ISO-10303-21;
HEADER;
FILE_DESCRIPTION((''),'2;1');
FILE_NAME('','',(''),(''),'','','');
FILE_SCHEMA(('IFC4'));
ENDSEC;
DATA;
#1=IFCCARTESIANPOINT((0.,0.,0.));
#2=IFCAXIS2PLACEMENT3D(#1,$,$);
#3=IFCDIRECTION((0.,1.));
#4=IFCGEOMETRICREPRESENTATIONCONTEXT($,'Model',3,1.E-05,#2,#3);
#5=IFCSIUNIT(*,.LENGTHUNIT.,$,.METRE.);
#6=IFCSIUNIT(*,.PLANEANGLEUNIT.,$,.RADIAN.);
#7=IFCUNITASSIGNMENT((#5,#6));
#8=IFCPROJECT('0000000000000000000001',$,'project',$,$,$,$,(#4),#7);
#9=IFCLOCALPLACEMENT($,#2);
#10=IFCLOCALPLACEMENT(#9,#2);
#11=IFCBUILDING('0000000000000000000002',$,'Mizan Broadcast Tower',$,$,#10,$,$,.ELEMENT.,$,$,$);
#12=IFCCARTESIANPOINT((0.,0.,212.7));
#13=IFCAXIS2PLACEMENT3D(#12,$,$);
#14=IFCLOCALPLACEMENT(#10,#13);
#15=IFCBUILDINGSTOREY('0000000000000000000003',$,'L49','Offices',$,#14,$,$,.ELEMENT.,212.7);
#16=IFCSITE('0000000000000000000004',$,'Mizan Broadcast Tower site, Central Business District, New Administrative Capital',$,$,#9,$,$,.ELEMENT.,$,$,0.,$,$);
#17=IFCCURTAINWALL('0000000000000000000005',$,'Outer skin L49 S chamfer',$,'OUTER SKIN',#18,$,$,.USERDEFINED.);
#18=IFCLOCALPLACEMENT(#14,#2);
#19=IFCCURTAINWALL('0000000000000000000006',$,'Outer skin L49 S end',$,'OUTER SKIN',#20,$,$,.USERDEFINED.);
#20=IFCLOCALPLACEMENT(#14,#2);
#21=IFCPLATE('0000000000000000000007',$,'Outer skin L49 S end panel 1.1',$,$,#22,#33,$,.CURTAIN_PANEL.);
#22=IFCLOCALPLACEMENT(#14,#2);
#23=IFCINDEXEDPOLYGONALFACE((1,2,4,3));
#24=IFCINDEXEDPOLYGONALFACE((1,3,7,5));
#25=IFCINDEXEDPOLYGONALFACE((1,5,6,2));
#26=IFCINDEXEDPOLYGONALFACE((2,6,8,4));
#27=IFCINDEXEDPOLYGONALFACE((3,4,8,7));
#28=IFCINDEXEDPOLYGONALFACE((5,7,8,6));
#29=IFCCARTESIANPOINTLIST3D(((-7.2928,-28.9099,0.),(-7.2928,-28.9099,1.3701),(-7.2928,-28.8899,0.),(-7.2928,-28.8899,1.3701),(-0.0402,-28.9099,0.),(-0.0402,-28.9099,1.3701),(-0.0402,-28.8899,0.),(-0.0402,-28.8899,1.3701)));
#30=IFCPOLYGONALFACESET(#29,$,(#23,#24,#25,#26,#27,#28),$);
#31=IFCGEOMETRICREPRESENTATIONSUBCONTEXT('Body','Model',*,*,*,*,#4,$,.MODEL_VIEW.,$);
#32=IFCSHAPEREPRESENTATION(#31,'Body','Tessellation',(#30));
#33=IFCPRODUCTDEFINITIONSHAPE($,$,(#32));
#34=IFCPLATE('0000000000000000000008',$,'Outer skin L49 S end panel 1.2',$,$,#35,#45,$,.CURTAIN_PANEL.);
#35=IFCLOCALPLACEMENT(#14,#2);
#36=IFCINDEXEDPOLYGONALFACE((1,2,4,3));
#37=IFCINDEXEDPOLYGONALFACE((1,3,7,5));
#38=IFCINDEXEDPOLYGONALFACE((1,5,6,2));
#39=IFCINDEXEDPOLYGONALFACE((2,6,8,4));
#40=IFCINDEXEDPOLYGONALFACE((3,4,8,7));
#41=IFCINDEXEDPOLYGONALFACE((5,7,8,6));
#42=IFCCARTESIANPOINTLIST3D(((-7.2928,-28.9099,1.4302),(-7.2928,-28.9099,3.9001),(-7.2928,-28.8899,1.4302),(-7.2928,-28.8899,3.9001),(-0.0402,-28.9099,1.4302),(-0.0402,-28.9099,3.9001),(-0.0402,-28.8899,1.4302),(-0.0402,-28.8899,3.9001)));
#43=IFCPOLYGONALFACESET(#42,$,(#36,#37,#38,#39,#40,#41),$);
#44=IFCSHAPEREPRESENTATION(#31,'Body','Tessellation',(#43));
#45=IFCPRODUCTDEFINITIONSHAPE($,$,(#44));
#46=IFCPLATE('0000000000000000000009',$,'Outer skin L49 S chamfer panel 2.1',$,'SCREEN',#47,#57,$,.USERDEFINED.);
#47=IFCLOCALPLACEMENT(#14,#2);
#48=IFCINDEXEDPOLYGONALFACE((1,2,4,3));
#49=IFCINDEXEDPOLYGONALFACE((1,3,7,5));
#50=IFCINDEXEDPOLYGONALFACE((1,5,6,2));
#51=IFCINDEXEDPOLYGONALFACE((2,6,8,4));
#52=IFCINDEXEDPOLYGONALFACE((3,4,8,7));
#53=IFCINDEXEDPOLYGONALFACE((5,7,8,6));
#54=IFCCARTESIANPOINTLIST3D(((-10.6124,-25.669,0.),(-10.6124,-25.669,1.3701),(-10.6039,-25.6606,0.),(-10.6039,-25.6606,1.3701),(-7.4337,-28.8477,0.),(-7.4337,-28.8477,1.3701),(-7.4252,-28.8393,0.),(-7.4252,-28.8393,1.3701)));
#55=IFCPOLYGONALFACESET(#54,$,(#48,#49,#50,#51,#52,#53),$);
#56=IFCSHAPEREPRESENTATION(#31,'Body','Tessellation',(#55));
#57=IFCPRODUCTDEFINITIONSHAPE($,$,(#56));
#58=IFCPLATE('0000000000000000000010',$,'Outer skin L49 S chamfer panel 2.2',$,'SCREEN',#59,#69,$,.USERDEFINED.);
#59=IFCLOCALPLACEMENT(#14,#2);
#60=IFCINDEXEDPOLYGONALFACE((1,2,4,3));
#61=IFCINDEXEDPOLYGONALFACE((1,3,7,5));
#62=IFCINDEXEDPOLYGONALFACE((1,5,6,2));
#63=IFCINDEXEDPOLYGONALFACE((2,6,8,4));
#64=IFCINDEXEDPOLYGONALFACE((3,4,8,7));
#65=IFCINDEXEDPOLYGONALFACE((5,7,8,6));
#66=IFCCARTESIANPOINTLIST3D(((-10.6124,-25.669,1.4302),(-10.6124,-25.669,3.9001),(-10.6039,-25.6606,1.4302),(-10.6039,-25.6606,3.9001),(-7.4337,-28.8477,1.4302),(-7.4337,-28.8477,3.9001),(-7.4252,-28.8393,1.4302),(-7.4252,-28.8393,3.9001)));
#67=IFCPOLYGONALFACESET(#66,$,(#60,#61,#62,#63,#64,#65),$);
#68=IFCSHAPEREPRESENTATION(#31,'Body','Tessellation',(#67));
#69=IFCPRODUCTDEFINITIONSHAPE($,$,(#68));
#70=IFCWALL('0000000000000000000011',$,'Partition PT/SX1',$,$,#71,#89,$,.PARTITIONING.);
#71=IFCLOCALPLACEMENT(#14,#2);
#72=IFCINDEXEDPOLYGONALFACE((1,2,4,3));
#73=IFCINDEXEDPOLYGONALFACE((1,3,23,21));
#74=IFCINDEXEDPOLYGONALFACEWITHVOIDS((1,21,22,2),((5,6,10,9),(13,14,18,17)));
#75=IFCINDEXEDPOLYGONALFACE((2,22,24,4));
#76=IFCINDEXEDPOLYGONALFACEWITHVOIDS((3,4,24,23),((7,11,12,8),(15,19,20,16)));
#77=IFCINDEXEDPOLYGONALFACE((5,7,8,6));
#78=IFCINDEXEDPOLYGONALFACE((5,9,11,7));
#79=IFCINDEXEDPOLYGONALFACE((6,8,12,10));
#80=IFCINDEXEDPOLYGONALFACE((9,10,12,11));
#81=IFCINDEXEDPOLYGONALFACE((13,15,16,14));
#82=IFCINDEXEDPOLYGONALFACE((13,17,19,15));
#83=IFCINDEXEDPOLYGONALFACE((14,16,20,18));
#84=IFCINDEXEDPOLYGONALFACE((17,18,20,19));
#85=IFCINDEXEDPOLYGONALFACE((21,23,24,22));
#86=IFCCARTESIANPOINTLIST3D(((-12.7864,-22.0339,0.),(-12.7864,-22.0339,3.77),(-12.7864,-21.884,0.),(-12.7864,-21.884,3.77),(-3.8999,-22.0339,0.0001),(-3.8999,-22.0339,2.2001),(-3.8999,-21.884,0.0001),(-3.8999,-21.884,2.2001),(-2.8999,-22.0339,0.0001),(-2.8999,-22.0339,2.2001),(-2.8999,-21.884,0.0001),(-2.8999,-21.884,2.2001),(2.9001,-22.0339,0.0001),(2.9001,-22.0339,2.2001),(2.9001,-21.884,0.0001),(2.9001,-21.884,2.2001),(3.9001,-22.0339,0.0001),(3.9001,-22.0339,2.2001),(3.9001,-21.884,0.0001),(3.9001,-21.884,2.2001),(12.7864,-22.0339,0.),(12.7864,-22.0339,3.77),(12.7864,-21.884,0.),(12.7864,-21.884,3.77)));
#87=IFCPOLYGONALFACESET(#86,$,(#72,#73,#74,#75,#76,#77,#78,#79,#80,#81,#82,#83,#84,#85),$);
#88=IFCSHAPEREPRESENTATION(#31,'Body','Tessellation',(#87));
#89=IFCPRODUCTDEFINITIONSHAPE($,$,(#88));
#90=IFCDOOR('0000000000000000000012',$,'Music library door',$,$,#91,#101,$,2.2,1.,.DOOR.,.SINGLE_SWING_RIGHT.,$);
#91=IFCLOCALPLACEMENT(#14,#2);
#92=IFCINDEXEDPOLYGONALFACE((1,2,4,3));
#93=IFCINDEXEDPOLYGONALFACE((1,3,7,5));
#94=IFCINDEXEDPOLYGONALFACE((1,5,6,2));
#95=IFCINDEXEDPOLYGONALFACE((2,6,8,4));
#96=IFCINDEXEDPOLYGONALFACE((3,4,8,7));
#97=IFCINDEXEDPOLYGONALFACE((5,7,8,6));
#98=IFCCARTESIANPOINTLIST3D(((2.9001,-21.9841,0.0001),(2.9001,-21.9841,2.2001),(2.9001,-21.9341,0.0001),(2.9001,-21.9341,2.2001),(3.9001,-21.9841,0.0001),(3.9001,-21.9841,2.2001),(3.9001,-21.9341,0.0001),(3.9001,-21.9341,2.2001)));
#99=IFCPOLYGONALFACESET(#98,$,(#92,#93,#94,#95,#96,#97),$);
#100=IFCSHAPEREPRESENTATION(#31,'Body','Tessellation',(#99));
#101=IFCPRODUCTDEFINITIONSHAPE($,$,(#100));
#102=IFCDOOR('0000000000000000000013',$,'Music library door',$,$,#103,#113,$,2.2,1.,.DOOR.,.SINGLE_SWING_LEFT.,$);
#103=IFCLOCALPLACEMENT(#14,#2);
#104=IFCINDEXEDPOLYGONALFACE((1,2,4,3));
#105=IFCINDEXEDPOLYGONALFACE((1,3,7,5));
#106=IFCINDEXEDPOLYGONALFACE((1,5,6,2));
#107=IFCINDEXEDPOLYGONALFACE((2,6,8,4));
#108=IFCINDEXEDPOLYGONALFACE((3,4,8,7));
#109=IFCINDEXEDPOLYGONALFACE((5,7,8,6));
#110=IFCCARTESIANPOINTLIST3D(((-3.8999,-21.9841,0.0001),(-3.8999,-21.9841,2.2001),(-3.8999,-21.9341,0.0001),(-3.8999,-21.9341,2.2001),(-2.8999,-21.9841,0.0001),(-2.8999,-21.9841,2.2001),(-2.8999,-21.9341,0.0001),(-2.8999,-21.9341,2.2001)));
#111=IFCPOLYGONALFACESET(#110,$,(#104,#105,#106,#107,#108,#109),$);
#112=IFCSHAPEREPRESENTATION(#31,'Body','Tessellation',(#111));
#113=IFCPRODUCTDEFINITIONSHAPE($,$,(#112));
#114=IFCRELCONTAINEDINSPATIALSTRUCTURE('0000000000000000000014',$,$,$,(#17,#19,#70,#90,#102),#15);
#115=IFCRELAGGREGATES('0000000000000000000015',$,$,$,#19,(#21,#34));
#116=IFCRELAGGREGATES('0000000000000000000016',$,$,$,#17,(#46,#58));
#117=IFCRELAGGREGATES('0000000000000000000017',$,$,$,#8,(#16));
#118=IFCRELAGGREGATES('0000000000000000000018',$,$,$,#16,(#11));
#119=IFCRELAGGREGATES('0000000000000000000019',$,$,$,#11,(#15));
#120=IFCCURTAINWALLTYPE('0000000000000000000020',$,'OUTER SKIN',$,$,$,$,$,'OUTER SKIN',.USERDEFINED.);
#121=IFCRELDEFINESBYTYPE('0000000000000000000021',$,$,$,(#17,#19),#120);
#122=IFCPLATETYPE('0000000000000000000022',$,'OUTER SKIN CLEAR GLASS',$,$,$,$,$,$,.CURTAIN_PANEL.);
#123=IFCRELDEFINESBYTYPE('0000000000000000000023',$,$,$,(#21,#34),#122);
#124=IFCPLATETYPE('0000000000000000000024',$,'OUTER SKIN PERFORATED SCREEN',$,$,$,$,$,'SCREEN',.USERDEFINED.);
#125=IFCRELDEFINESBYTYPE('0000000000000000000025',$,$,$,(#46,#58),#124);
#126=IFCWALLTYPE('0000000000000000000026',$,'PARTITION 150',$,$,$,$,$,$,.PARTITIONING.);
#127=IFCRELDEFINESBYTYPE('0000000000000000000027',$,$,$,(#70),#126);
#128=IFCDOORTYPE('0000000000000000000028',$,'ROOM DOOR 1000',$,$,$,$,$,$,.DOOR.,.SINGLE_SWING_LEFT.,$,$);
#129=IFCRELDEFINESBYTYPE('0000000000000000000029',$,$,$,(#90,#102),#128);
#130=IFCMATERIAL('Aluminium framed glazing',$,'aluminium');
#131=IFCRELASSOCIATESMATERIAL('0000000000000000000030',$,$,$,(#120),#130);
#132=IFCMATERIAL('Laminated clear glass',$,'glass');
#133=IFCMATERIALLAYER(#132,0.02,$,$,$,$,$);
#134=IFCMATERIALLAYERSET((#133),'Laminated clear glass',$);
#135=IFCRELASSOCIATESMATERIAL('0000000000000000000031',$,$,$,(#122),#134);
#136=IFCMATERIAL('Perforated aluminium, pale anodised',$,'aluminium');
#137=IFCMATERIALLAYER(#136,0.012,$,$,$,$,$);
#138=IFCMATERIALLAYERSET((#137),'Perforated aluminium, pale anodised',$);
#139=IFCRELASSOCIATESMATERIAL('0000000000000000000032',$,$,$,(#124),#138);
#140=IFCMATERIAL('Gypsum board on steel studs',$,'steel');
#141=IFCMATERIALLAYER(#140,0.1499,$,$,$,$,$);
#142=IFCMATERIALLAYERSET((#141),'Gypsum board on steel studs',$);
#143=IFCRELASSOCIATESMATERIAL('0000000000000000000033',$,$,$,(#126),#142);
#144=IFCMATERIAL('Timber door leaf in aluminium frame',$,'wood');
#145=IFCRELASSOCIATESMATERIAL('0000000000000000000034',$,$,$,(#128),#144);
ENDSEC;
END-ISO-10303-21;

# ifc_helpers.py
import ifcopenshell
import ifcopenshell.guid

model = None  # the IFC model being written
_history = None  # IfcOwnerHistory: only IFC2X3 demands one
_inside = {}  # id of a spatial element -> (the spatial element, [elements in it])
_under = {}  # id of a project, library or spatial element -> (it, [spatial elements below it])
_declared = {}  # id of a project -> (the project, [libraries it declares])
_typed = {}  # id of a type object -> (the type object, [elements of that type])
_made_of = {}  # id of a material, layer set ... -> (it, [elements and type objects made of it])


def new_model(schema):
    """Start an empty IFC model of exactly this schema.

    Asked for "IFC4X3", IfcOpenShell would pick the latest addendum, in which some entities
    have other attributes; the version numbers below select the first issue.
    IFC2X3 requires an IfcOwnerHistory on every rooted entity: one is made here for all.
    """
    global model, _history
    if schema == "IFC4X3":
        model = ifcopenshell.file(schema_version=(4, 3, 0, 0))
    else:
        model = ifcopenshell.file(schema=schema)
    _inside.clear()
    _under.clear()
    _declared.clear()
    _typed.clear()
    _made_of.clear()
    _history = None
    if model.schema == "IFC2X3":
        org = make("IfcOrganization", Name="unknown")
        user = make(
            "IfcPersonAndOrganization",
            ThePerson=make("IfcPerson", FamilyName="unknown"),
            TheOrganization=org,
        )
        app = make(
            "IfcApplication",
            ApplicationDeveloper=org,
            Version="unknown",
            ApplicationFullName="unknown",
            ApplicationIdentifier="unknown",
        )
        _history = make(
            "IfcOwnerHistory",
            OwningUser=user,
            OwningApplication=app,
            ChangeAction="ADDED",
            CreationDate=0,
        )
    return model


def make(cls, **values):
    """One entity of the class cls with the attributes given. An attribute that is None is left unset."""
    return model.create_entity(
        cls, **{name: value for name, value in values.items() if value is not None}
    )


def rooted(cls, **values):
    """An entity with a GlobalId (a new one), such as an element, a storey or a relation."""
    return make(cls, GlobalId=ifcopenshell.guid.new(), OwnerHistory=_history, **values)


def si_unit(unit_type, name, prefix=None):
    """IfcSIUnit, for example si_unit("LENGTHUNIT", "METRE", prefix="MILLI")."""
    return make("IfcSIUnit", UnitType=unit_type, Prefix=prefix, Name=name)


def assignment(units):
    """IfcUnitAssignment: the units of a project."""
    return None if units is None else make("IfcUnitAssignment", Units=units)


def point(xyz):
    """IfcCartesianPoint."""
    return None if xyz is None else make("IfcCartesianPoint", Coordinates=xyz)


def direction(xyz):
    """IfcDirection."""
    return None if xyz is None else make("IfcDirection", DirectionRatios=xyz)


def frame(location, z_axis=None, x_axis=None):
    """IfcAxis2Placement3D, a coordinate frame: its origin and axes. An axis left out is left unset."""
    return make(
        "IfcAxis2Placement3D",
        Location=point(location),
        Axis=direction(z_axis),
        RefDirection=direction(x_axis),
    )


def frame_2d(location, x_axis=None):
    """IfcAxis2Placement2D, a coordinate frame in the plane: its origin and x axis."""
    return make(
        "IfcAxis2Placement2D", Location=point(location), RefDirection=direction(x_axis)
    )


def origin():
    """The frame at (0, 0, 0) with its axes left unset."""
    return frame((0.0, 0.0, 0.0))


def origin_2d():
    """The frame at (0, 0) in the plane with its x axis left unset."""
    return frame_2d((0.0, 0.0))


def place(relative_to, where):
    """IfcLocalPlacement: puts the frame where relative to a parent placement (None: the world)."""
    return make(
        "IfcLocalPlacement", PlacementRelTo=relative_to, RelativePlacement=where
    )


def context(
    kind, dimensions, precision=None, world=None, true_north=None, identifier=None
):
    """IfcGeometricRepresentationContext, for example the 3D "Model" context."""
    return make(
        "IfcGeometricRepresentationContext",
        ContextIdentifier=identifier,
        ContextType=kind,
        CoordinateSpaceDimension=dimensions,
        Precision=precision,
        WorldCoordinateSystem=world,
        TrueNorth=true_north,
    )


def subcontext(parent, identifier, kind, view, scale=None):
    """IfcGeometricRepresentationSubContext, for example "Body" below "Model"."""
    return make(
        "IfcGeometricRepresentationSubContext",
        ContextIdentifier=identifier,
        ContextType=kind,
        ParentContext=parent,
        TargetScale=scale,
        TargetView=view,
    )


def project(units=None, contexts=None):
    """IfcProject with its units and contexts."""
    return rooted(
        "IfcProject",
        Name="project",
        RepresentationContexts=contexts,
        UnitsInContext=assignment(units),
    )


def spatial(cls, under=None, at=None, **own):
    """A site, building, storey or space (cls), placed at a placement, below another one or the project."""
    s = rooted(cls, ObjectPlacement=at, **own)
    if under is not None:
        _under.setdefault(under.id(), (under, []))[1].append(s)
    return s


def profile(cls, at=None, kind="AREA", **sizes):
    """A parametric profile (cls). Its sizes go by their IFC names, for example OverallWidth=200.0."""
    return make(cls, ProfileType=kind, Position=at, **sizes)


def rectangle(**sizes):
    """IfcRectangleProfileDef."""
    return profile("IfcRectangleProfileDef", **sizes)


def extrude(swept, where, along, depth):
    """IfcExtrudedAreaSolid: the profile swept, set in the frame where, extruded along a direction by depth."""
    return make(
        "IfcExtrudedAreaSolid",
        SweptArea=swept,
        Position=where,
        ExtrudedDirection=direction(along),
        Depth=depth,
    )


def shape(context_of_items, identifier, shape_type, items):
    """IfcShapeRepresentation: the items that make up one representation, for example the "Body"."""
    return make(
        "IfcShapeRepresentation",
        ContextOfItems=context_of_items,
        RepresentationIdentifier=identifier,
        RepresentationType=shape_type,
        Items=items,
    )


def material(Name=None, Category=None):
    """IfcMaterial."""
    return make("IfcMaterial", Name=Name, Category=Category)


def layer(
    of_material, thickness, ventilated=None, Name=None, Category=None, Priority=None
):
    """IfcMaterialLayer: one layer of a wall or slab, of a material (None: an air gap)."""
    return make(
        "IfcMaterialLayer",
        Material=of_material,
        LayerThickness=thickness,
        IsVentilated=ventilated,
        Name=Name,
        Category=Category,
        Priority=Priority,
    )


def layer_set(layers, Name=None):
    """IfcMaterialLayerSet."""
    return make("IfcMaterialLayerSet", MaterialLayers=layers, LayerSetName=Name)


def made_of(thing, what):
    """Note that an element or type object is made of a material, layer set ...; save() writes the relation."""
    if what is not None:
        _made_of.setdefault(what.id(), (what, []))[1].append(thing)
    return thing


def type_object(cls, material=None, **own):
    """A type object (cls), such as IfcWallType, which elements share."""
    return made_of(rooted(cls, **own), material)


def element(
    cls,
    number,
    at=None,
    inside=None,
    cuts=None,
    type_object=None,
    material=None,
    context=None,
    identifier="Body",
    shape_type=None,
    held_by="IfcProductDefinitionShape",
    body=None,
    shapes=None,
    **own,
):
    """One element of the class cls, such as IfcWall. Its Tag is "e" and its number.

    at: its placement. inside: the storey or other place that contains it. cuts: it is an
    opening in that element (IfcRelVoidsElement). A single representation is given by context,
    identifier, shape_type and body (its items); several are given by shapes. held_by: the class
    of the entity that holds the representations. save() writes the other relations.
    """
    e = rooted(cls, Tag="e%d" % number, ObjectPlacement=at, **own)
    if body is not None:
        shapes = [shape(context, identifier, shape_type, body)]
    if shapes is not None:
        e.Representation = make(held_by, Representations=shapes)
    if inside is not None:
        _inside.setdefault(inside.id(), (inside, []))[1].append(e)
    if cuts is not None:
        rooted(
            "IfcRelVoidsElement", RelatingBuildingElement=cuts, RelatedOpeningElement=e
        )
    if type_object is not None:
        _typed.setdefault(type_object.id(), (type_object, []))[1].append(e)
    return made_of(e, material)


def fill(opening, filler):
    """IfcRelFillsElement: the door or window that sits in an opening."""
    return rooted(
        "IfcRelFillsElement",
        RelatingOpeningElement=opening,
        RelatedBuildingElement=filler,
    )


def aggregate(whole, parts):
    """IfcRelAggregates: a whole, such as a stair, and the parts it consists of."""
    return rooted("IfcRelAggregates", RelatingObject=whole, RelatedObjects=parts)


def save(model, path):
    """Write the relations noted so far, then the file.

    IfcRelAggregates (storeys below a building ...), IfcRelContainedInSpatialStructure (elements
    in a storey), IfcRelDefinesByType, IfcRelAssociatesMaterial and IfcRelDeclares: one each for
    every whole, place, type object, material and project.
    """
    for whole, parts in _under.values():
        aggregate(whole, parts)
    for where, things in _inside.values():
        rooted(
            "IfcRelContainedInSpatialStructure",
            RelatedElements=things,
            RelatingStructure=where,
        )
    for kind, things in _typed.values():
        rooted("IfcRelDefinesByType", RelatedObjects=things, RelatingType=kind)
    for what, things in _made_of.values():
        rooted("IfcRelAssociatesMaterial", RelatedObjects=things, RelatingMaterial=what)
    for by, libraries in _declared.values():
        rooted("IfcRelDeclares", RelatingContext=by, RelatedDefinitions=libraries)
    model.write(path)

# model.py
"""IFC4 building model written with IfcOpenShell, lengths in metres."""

from ifc_helpers import new_model, si_unit, direction, frame, frame_2d, origin, origin_2d, place, context, subcontext, project, spatial, rectangle, extrude, material, layer, layer_set, type_object, element, fill, aggregate, save


model = new_model("IFC4")

# Units and contexts
model_context = context("Model", 3, precision=1e-05, world=origin(), true_north=direction((0.0, 1.0)))
body_context = subcontext(model_context, "Body", "Model", "MODEL_VIEW")
ifc_project = project(units=[si_unit("LENGTHUNIT", "METRE"), si_unit("PLANEANGLEUNIT", "RADIAN")], contexts=[model_context])

# Site, building, storey
site_placement = place(None, origin())
site = spatial("IfcSite", under=ifc_project, at=site_placement, Name="Mizan Broadcast Tower site, Central Business District, New Administrative Capital", CompositionType="ELEMENT", RefElevation=0.0)
building_placement = place(site_placement, origin())
building = spatial("IfcBuilding", under=site, at=building_placement, Name="Mizan Broadcast Tower", CompositionType="ELEMENT")
storey_placement = place(building_placement, frame((0.0, 0.0, 212.7)))
storey = spatial("IfcBuildingStorey", under=building, at=storey_placement, Name="L49", Description="Offices", CompositionType="ELEMENT", Elevation=212.7)

# Curtain wall
ifc_material_1 = material(Name="Aluminium framed glazing", Category="aluminium")
curtain_wall_type_1 = type_object("IfcCurtainWallType", Name="OUTER SKIN", ElementType="OUTER SKIN", PredefinedType="USERDEFINED", material=ifc_material_1)
curtain_wall_1_placement = place(storey_placement, origin())
curtain_wall_1 = element("IfcCurtainWall", 1, at=curtain_wall_1_placement, inside=storey, type_object=curtain_wall_type_1, Name="Outer skin L49 S chamfer", ObjectType="OUTER SKIN", PredefinedType="USERDEFINED")

# Curtain wall
curtain_wall_2_placement = place(storey_placement, origin())
curtain_wall_2 = element("IfcCurtainWall", 2, at=curtain_wall_2_placement, inside=storey, type_object=curtain_wall_type_1, Name="Outer skin L49 S end", ObjectType="OUTER SKIN", PredefinedType="USERDEFINED")

# Plates
ifc_material_2 = material(Name="Laminated clear glass", Category="glass")
ifc_layer_1 = layer(ifc_material_2, 0.02)
ifc_layer_set_1 = layer_set([ifc_layer_1], Name="Laminated clear glass")
plate_type_1 = type_object("IfcPlateType", Name="OUTER SKIN CLEAR GLASS", PredefinedType="CURTAIN_PANEL", material=ifc_layer_set_1)
plate_1_placement = place(storey_placement, frame((-3.6665, -28.8999, 0.0), z_axis=(0.0, 0.0, 1.0), x_axis=(1.0, 0.0, 0.0)))
plate_1 = element("IfcPlate", 3, at=plate_1_placement, type_object=plate_type_1, Name="Outer skin L49 S end panel 1.1", PredefinedType="CURTAIN_PANEL", context=body_context, shape_type="SweptSolid", body=[
    extrude(rectangle(XDim=7.2527, YDim=0.02, at=origin_2d()), origin(), (0.0, 0.0, 1.0), 1.3701),
])
plate_2_placement = place(storey_placement, frame((-3.6665, -28.8999, 1.4302), z_axis=(0.0, 0.0, 1.0), x_axis=(1.0, 0.0, 0.0)))
plate_2 = element("IfcPlate", 4, at=plate_2_placement, type_object=plate_type_1, Name="Outer skin L49 S end panel 1.2", PredefinedType="CURTAIN_PANEL", context=body_context, shape_type="SweptSolid", body=[
    extrude(rectangle(XDim=7.2527, YDim=0.02, at=origin_2d()), origin(), (0.0, 0.0, 1.0), 2.47),
])
aggregate(curtain_wall_2, [plate_1, plate_2])
ifc_material_3 = material(Name="Perforated aluminium, pale anodised", Category="aluminium")
ifc_layer_2 = layer(ifc_material_3, 0.012)
ifc_layer_set_2 = layer_set([ifc_layer_2], Name="Perforated aluminium, pale anodised")
plate_type_2 = type_object("IfcPlateType", Name="OUTER SKIN PERFORATED SCREEN", ElementType="SCREEN", PredefinedType="USERDEFINED", material=ifc_layer_set_2)
plate_3_placement = place(storey_placement, frame((-9.0188, -27.2542, 0.0), z_axis=(0.0, 0.0, 1.0), x_axis=(0.707107, -0.707107, 0.0)))
plate_3 = element("IfcPlate", 5, at=plate_3_placement, type_object=plate_type_2, Name="Outer skin L49 S chamfer panel 2.1", ObjectType="SCREEN", PredefinedType="USERDEFINED", context=body_context, shape_type="SweptSolid", body=[
    extrude(rectangle(XDim=4.4954, YDim=0.012, at=origin_2d()), origin(), (0.0, 0.0, 1.0), 1.3701),
])
plate_4_placement = place(storey_placement, frame((-9.0188, -27.2542, 1.4302), z_axis=(0.0, 0.0, 1.0), x_axis=(0.707107, -0.707107, 0.0)))
plate_4 = element("IfcPlate", 6, at=plate_4_placement, type_object=plate_type_2, Name="Outer skin L49 S chamfer panel 2.2", ObjectType="SCREEN", PredefinedType="USERDEFINED", context=body_context, shape_type="SweptSolid", body=[
    extrude(rectangle(XDim=4.4954, YDim=0.012, at=origin_2d()), origin(), (0.0, 0.0, 1.0), 2.47),
])
aggregate(curtain_wall_1, [plate_3, plate_4])

# Wall, openings, doors
ifc_material_4 = material(Name="Gypsum board on steel studs", Category="steel")
ifc_layer_3 = layer(ifc_material_4, 0.1499)
ifc_layer_set_3 = layer_set([ifc_layer_3], Name="Gypsum board on steel studs")
wall_type = type_object("IfcWallType", Name="PARTITION 150", PredefinedType="PARTITIONING", material=ifc_layer_set_3)
wall_placement = place(storey_placement, frame((-12.7864, -21.959, 0.0), z_axis=(0.0, 0.0, 1.0), x_axis=(1.0, 0.0, 0.0)))
wall = element("IfcWall", 7, at=wall_placement, inside=storey, type_object=wall_type, Name="Partition PT/SX1", PredefinedType="PARTITIONING", context=body_context, shape_type="SweptSolid", body=[
    extrude(rectangle(XDim=25.5728, YDim=0.1499, at=frame_2d((12.7864, 0.0))), origin(), (0.0, 0.0, 1.0), 3.77),
])
opening_1_placement = place(wall_placement, frame((15.6865, 0.0, 0.0)))
opening_1 = element("IfcOpeningElement", 8, at=opening_1_placement, cuts=wall, PredefinedType="OPENING", context=body_context, shape_type="SweptSolid", body=[
    extrude(rectangle(XDim=1.0, YDim=2.2, at=frame_2d((0.5, 1.1001))), frame((0.0, 0.085, 0.0), z_axis=(0.0, -1.0, 0.0), x_axis=(1.0, 0.0, 0.0)), (0.0, 0.0, 1.0), 0.1699),
])
opening_2_placement = place(wall_placement, frame((8.8865, 0.0, 0.0)))
opening_2 = element("IfcOpeningElement", 9, at=opening_2_placement, cuts=wall, PredefinedType="OPENING", context=body_context, shape_type="SweptSolid", body=[
    extrude(rectangle(XDim=1.0, YDim=2.2, at=frame_2d((0.5, 1.1001))), frame((0.0, 0.085, 0.0), z_axis=(0.0, -1.0, 0.0), x_axis=(1.0, 0.0, 0.0)), (0.0, 0.0, 1.0), 0.1699),
])
ifc_material_5 = material(Name="Timber door leaf in aluminium frame", Category="wood")
door_type = type_object("IfcDoorType", Name="ROOM DOOR 1000", OperationType="SINGLE_SWING_LEFT", PredefinedType="DOOR", material=ifc_material_5)
door_1_placement = place(opening_1_placement, origin())
door_1 = element("IfcDoor", 10, at=door_1_placement, inside=storey, type_object=door_type, Name="Music library door", OperationType="SINGLE_SWING_RIGHT", OverallHeight=2.2, OverallWidth=1.0, PredefinedType="DOOR", context=body_context, shape_type="SweptSolid", body=[
    extrude(rectangle(XDim=1.0, YDim=2.2, at=frame_2d((0.5, 1.1001))), frame((0.0, 0.0249, 0.0), z_axis=(0.0, -1.0, 0.0), x_axis=(1.0, 0.0, 0.0)), (0.0, 0.0, 1.0), 0.05),
])
fill(opening_1, door_1)
door_2_placement = place(opening_2_placement, origin())
door_2 = element("IfcDoor", 11, at=door_2_placement, inside=storey, type_object=door_type, Name="Music library door", OperationType="SINGLE_SWING_LEFT", OverallHeight=2.2, OverallWidth=1.0, PredefinedType="DOOR", context=body_context, shape_type="SweptSolid", body=[
    extrude(rectangle(XDim=1.0, YDim=2.2, at=frame_2d((0.5, 1.1001))), frame((0.0, 0.0249, 0.0), z_axis=(0.0, -1.0, 0.0), x_axis=(1.0, 0.0, 0.0)), (0.0, 0.0, 1.0), 0.05),
])
fill(opening_2, door_2)

save(model, "model.ifc")
